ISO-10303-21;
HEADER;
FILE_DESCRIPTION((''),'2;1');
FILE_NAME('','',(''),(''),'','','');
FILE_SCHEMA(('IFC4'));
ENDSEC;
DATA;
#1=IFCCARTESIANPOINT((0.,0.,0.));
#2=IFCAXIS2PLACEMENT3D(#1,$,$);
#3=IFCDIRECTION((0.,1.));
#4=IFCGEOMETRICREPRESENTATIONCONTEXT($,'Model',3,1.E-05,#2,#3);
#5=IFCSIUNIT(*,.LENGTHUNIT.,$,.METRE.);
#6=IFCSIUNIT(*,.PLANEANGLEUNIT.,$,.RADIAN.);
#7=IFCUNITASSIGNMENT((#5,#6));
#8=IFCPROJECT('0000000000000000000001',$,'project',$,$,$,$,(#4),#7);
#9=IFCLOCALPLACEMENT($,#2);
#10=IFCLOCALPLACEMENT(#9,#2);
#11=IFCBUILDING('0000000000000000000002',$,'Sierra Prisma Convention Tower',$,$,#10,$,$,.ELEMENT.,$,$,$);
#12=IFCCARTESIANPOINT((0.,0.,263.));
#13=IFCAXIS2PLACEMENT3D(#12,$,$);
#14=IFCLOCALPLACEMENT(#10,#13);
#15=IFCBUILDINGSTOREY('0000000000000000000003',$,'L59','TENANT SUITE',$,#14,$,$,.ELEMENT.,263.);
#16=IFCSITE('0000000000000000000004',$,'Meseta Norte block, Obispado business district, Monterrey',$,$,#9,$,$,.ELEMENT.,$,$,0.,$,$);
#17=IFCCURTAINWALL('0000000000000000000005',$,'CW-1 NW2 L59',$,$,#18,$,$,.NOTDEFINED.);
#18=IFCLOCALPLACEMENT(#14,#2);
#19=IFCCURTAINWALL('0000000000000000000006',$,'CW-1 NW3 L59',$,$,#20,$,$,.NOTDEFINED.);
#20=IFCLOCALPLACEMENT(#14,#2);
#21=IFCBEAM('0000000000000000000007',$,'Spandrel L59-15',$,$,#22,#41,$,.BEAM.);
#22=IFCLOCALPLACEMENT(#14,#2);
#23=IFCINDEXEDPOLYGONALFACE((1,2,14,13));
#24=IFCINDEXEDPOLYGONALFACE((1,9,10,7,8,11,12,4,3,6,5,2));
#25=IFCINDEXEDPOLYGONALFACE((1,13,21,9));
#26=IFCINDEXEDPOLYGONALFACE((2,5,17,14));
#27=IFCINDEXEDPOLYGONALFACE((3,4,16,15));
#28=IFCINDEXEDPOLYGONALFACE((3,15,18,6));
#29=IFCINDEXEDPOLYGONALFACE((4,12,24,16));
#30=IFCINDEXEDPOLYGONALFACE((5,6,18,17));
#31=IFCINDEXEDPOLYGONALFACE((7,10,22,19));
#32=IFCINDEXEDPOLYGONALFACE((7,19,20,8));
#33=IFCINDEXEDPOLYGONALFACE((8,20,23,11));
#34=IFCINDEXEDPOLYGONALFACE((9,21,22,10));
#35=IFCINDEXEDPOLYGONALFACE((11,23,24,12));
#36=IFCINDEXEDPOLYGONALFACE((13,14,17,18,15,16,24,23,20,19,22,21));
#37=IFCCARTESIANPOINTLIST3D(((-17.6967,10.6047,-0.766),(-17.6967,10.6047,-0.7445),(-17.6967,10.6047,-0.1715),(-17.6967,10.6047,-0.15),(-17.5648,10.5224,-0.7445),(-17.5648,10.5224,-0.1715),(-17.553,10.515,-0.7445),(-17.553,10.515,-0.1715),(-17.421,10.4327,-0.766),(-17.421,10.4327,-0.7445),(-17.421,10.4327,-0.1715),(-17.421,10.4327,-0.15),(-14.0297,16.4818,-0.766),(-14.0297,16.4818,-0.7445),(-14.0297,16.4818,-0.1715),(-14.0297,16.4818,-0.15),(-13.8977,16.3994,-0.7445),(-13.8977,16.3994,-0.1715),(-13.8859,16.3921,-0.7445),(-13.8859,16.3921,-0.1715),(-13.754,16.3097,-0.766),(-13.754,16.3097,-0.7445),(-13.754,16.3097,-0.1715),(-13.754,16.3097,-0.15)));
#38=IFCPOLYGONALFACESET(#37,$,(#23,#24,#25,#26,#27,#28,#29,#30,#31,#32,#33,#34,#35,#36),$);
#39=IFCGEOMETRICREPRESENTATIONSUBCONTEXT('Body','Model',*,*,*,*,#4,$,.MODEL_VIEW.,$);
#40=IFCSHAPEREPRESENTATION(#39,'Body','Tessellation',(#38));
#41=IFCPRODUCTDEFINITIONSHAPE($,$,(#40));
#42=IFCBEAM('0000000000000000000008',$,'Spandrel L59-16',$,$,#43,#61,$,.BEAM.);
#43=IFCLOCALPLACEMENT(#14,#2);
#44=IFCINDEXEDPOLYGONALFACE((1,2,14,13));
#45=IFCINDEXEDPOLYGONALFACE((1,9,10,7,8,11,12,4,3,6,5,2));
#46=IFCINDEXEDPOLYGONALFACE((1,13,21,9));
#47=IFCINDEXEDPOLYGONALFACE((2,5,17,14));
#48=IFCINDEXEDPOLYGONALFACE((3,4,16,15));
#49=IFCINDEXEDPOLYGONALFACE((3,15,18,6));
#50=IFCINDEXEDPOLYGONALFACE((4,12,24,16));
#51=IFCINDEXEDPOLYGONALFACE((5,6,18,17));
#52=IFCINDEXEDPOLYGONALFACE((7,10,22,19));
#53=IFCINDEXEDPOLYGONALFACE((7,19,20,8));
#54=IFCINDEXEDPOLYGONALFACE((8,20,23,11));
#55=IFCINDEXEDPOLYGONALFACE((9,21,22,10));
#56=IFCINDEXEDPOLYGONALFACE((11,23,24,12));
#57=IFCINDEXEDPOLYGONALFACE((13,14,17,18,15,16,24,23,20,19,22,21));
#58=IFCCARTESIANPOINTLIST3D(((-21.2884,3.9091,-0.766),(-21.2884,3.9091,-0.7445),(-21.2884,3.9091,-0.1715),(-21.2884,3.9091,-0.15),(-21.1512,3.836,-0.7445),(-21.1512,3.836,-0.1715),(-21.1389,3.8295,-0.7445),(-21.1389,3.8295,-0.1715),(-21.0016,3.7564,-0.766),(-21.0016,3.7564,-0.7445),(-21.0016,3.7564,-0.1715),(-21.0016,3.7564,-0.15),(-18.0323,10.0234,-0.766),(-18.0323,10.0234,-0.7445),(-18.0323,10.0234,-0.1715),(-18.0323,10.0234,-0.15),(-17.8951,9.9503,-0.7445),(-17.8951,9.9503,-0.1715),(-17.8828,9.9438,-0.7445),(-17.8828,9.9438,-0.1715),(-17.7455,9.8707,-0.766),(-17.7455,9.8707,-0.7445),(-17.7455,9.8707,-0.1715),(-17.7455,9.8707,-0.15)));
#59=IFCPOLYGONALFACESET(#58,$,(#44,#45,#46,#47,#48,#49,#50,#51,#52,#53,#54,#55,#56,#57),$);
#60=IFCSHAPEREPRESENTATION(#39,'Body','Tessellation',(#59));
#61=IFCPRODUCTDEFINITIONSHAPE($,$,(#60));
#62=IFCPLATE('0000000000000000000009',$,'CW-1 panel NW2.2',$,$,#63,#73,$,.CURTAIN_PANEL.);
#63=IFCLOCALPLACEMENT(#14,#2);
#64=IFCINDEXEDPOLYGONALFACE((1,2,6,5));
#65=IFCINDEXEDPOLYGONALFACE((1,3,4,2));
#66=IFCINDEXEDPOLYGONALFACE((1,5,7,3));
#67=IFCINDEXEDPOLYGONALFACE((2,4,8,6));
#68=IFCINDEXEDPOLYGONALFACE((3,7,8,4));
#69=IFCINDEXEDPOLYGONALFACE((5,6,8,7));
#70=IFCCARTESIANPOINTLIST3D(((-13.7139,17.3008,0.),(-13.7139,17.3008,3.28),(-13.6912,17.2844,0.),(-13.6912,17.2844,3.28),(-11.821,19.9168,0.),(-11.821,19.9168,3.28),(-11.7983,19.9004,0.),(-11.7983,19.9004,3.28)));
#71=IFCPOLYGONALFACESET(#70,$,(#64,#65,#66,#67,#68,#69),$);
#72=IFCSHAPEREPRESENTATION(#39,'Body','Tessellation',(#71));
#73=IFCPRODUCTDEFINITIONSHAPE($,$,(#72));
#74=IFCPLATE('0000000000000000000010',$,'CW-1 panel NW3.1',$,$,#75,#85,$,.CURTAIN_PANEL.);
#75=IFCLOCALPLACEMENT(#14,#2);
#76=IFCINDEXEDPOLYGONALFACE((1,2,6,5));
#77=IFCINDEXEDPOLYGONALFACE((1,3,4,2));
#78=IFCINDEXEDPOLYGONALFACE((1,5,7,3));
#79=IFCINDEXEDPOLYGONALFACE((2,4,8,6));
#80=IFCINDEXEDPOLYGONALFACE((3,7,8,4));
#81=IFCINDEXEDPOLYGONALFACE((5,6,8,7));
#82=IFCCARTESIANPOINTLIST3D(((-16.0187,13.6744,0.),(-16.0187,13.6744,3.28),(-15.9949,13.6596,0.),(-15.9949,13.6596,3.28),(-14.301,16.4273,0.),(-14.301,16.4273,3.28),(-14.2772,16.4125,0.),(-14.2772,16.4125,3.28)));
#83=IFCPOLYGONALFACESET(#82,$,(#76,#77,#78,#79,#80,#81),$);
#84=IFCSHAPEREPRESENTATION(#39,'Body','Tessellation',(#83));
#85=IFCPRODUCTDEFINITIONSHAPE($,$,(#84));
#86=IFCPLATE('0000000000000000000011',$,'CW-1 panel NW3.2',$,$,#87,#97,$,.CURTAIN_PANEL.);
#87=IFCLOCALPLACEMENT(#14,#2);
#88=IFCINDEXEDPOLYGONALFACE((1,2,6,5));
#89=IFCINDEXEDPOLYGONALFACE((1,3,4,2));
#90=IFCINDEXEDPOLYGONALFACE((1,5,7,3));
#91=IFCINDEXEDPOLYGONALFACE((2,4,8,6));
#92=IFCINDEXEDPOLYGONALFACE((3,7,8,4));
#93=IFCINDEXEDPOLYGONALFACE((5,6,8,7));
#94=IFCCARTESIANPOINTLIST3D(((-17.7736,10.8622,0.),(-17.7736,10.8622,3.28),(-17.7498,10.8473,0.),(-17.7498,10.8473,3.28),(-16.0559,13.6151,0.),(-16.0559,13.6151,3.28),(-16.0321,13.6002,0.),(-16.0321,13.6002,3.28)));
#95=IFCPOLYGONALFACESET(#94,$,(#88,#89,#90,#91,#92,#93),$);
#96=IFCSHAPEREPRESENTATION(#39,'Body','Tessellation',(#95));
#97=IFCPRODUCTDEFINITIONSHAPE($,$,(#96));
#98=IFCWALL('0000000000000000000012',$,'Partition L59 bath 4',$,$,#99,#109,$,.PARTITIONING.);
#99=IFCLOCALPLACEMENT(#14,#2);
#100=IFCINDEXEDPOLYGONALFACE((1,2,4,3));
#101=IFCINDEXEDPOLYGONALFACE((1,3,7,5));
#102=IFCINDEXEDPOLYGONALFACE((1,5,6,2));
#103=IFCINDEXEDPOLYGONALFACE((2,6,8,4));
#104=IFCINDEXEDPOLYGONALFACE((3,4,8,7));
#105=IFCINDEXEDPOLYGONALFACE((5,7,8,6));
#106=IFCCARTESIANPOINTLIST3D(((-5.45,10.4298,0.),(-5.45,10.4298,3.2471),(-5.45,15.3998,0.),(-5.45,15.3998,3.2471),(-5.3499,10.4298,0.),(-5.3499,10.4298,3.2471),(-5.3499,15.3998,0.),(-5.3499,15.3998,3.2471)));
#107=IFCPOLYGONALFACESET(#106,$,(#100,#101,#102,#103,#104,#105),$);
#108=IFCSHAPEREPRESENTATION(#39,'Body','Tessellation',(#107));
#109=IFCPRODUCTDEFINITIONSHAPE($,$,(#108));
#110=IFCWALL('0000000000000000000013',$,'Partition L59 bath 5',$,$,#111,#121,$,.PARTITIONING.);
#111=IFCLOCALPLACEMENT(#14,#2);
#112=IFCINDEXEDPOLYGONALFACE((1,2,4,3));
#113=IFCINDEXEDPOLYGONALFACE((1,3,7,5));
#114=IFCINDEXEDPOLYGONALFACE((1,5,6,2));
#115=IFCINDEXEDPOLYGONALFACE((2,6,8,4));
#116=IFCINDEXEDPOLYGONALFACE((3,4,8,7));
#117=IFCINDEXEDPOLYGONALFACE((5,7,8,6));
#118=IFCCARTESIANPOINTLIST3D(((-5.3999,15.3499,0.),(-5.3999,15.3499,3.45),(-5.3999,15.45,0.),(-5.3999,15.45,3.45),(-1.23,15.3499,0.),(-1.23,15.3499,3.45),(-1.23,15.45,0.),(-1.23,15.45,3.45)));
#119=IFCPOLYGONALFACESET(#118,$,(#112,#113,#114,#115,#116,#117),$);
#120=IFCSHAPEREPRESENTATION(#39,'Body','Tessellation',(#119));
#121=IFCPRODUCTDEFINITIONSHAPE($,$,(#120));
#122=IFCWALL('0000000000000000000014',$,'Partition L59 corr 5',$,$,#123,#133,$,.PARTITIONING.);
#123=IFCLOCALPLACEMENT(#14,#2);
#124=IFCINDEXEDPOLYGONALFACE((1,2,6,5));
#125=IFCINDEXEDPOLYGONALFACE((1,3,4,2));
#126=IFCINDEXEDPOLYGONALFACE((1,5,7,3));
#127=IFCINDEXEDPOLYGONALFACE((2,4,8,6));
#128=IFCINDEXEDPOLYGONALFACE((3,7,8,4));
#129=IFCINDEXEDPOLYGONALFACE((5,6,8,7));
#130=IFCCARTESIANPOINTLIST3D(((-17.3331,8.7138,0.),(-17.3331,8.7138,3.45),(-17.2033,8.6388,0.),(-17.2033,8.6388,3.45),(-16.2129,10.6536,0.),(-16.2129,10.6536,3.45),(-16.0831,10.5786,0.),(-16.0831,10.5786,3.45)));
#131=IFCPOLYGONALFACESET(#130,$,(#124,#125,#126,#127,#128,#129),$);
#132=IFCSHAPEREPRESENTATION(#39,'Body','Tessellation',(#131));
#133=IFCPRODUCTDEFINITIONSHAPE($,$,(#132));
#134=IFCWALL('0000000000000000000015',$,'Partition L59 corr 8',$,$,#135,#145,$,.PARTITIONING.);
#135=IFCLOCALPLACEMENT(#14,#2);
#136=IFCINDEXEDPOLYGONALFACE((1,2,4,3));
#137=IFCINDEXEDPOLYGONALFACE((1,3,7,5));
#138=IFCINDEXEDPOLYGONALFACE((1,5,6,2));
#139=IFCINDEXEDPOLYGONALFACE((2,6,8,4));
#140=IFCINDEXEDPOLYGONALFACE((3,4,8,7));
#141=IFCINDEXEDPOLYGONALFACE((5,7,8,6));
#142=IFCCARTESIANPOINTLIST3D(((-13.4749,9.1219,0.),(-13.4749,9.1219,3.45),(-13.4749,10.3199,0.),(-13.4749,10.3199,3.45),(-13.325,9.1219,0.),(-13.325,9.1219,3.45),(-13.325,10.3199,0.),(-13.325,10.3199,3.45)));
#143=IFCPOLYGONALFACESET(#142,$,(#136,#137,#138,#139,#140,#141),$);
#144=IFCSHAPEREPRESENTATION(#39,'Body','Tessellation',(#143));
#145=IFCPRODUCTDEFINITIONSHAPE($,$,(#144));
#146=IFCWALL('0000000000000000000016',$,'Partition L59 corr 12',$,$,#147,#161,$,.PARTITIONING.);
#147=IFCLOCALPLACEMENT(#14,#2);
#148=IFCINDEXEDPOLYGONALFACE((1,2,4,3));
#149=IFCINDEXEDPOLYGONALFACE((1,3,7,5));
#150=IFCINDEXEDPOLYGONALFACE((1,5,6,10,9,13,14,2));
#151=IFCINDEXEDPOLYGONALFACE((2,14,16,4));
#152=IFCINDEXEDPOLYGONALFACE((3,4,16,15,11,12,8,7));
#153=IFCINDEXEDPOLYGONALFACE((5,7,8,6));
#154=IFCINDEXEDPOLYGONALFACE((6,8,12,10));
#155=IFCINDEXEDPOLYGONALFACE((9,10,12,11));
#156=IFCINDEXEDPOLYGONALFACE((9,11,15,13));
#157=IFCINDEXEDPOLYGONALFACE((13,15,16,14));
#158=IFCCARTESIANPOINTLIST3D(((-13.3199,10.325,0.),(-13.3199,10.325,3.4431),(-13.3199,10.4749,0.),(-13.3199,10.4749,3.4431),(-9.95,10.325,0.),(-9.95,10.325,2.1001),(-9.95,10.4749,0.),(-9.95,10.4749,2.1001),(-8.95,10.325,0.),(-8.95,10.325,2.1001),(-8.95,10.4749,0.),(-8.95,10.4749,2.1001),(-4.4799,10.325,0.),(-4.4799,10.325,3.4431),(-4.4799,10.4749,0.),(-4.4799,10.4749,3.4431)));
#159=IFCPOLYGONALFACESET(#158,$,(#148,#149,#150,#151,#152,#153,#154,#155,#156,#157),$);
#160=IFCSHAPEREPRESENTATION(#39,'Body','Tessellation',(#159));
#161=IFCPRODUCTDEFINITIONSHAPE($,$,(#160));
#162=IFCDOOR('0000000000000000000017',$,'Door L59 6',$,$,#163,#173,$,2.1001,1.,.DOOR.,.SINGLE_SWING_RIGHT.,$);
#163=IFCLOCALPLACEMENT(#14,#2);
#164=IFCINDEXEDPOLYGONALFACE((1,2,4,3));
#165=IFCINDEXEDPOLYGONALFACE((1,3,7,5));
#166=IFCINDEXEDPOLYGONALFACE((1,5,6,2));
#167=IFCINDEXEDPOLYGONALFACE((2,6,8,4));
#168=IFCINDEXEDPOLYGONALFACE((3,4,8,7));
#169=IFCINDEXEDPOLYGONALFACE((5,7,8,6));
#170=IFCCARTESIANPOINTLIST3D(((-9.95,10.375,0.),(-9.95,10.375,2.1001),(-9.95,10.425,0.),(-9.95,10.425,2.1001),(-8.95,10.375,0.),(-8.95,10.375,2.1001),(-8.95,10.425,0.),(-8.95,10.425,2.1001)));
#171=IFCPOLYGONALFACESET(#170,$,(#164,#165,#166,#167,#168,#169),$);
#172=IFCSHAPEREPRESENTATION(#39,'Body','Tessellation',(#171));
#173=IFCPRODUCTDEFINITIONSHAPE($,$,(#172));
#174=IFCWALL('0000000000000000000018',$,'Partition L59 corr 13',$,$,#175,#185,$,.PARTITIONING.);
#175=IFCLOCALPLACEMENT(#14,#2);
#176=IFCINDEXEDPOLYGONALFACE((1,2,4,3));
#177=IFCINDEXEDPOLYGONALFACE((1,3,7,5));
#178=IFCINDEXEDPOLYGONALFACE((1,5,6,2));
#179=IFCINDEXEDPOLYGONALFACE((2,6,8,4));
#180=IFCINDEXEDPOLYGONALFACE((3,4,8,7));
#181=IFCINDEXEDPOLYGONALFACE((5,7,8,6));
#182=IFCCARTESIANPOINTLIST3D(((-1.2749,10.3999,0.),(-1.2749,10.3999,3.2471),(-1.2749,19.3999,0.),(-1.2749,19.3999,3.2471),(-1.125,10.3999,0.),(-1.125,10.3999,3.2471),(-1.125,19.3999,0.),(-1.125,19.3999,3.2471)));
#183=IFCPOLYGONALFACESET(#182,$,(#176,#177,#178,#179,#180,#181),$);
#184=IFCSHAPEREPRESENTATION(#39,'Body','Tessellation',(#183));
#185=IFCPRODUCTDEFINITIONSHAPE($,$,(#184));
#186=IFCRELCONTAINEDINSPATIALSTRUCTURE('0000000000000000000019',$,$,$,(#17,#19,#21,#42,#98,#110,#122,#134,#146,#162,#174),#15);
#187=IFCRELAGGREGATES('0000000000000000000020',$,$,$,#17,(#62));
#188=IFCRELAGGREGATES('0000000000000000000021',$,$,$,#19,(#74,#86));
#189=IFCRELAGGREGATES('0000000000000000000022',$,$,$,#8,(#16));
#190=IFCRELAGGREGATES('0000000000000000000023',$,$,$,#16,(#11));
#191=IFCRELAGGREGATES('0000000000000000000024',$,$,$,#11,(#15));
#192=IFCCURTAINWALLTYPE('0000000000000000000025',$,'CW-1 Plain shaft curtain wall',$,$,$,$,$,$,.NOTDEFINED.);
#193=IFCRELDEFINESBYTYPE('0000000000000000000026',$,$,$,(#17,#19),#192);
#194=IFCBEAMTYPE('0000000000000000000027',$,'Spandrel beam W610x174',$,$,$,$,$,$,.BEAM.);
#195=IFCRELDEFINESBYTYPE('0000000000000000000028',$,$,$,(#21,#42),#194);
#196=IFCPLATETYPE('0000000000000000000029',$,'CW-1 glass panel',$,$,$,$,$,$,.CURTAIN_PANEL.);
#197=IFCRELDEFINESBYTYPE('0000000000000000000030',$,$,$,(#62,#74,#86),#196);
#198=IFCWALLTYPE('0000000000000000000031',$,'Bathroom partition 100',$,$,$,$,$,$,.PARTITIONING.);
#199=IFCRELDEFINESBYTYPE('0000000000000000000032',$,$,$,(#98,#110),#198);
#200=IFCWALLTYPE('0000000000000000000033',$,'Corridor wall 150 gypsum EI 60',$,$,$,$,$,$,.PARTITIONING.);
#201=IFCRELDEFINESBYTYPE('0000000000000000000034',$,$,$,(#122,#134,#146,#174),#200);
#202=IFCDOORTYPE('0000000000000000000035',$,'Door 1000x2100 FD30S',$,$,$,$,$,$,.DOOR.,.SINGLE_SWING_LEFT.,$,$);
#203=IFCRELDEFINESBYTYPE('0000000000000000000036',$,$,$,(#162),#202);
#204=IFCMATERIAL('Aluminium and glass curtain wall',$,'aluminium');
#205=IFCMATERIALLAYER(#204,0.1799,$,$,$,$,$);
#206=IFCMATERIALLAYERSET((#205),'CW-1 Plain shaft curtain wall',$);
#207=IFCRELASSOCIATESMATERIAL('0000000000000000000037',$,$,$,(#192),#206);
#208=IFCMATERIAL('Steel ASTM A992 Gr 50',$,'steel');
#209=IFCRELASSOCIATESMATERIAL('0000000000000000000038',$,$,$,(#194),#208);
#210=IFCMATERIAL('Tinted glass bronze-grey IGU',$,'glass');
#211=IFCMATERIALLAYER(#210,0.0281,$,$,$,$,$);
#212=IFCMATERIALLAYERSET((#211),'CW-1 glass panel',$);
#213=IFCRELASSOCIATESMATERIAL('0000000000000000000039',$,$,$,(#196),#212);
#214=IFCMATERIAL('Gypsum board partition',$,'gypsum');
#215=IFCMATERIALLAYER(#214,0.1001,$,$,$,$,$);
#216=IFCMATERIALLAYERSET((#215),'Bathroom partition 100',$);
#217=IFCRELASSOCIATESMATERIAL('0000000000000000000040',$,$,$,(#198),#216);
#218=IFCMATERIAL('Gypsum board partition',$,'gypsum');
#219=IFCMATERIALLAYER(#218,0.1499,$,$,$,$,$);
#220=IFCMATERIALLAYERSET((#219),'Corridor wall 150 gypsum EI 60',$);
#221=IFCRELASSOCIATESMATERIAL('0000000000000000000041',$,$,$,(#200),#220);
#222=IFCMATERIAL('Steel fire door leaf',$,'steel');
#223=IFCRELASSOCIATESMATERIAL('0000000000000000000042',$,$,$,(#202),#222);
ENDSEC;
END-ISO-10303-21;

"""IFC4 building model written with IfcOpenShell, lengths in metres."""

from ifc_helpers import new_model, si_unit, direction, frame, frame_2d, origin, origin_2d, place, context, subcontext, project, spatial, rectangle, i_section, extrude, material, layer, layer_set, material_profile, profile_set, type_object, element, fill, aggregate, save


model = new_model("IFC4")

# Units and contexts
model_context = context("Model", 3, precision=1e-05, world=origin(), true_north=direction((0.0, 1.0)))
body_context = subcontext(model_context, "Body", "Model", "MODEL_VIEW")
ifc_project = project(units=[si_unit("LENGTHUNIT", "METRE"), si_unit("PLANEANGLEUNIT", "RADIAN")], contexts=[model_context])

# Site, building, storey
site_placement = place(None, origin())
site = spatial("IfcSite", under=ifc_project, at=site_placement, Name="Meseta Norte block, Obispado business district, Monterrey", CompositionType="ELEMENT", RefElevation=0.0)
building_placement = place(site_placement, origin())
building = spatial("IfcBuilding", under=site, at=building_placement, Name="Sierra Prisma Convention Tower", CompositionType="ELEMENT")
storey_placement = place(building_placement, frame((0.0, 0.0, 263.0)))
storey = spatial("IfcBuildingStorey", under=building, at=storey_placement, Name="L59", Description="TENANT SUITE", CompositionType="ELEMENT", Elevation=263.0)

# Curtain wall
ifc_material_1 = material(Name="Aluminium and glass curtain wall", Category="aluminium")
ifc_layer_1 = layer(ifc_material_1, 0.1799)
ifc_layer_set_1 = layer_set([ifc_layer_1], Name="CW-1 Plain shaft curtain wall")
curtain_wall_type = type_object("IfcCurtainWallType", Name="CW-1 Plain shaft curtain wall", PredefinedType="NOTDEFINED", material=ifc_layer_set_1)
curtain_wall_1_placement = place(storey_placement, origin())
curtain_wall_1 = element("IfcCurtainWall", 1, at=curtain_wall_1_placement, inside=storey, type_object=curtain_wall_type, Name="CW-1 NW2 L59", PredefinedType="NOTDEFINED")

# Curtain wall
curtain_wall_2_placement = place(storey_placement, origin())
curtain_wall_2 = element("IfcCurtainWall", 2, at=curtain_wall_2_placement, inside=storey, type_object=curtain_wall_type, Name="CW-1 NW3 L59", PredefinedType="NOTDEFINED")

# Beams
ifc_material_2 = material(Name="Steel ASTM A992 Gr 50", Category="steel")
ifc_material_profile_1 = material_profile(ifc_material_2, i_section(OverallWidth=0.325, OverallDepth=0.616, WebThickness=0.0139, FlangeThickness=0.0215, at=origin_2d()), Name="W610x174")
ifc_profile_set_1 = profile_set([ifc_material_profile_1], Name="Steel ASTM A992 Gr 50")
beam_type_1 = type_object("IfcBeamType", Name="Spandrel beam W610x174", PredefinedType="BEAM", material=ifc_profile_set_1)
for number, where, z_axis, x_axis, name in (
    (3, (-13.8918, 16.3958, -0.458), (-0.529365, -0.848394, 0.0), (0.848394, -0.529365, 0.0), "Spandrel L59-15"),
    (4, (-17.8889, 9.947, -0.458), (-0.470045, -0.882643, 0.0), (0.882643, -0.470045, 0.0), "Spandrel L59-16"),
):
    element("IfcBeam", number, at=place(storey_placement, frame(where, z_axis=z_axis, x_axis=x_axis)), inside=storey, type_object=beam_type_1, Name=name, PredefinedType="BEAM", context=body_context, shape_type="SweptSolid", body=[
        extrude(i_section(OverallWidth=0.325, OverallDepth=0.616, WebThickness=0.0139, FlangeThickness=0.0215, at=origin_2d()), origin(), (0.0, 0.0, 1.0), 6.9272),
    ])

# Plates
ifc_material_3 = material(Name="Tinted glass bronze-grey IGU", Category="glass")
ifc_layer_2 = layer(ifc_material_3, 0.0281)
ifc_layer_set_2 = layer_set([ifc_layer_2], Name="CW-1 glass panel")
plate_type = type_object("IfcPlateType", Name="CW-1 glass panel", PredefinedType="CURTAIN_PANEL", material=ifc_layer_set_2)
plate_1_placement = place(storey_placement, frame((-12.7561, 18.6006, 0.0), z_axis=(0.0, 0.0, 1.0), x_axis=(-0.586214, -0.810157, 0.0)))
plate_1 = element("IfcPlate", 5, at=plate_1_placement, type_object=plate_type, Name="CW-1 panel NW2.2", PredefinedType="CURTAIN_PANEL", context=body_context, shape_type="SweptSolid", body=[
    extrude(rectangle(XDim=3.229, YDim=0.0281, at=origin_2d()), origin(), (0.0, 0.0, 1.0), 3.28),
])
aggregate(curtain_wall_1, [plate_1])
plate_2_placement = place(storey_placement, frame((-15.1479, 15.0435, 0.0), z_axis=(0.0, 0.0, 1.0), x_axis=(-0.52937, -0.848391, 0.0)))
plate_2 = element("IfcPlate", 6, at=plate_2_placement, type_object=plate_type, Name="CW-1 panel NW3.1", PredefinedType="CURTAIN_PANEL", context=body_context, shape_type="SweptSolid", body=[
    extrude(rectangle(XDim=3.2449, YDim=0.0281, at=origin_2d()), origin(), (0.0, 0.0, 1.0), 3.28),
])
plate_3_placement = place(storey_placement, frame((-16.9028, 12.2312, 0.0), z_axis=(0.0, 0.0, 1.0), x_axis=(-0.52937, -0.848391, 0.0)))
plate_3 = element("IfcPlate", 7, at=plate_3_placement, type_object=plate_type, Name="CW-1 panel NW3.2", PredefinedType="CURTAIN_PANEL", context=body_context, shape_type="SweptSolid", body=[
    extrude(rectangle(XDim=3.2449, YDim=0.0281, at=origin_2d()), origin(), (0.0, 0.0, 1.0), 3.28),
])
aggregate(curtain_wall_2, [plate_2, plate_3])

# Walls
ifc_material_4 = material(Name="Gypsum board partition", Category="gypsum")
ifc_layer_3 = layer(ifc_material_4, 0.1001)
ifc_layer_set_3 = layer_set([ifc_layer_3], Name="Bathroom partition 100")
wall_type_1 = type_object("IfcWallType", Name="Bathroom partition 100", PredefinedType="PARTITIONING", material=ifc_layer_set_3)
wall_1_placement = place(storey_placement, frame((-5.3999, 10.4299, 0.0), z_axis=(0.0, 0.0, 1.0), x_axis=(0.0, 1.0, 0.0)))
element("IfcWall", 8, at=wall_1_placement, inside=storey, type_object=wall_type_1, Name="Partition L59 bath 4", PredefinedType="PARTITIONING", context=body_context, shape_type="SweptSolid", body=[
    extrude(rectangle(XDim=4.97, YDim=0.1001, at=frame_2d((2.4849, 0.0))), origin(), (0.0, 0.0, 1.0), 3.2471),
])
wall_2_placement = place(storey_placement, frame((-5.3999, 15.3999, 0.0), z_axis=(0.0, 0.0, 1.0), x_axis=(1.0, 0.0, 0.0)))
element("IfcWall", 9, at=wall_2_placement, inside=storey, type_object=wall_type_1, Name="Partition L59 bath 5", PredefinedType="PARTITIONING", context=body_context, shape_type="SweptSolid", body=[
    extrude(rectangle(XDim=4.1699, YDim=0.1001, at=frame_2d((2.085, 0.0))), origin(), (0.0, 0.0, 1.0), 3.45),
])
ifc_material_5 = material(Name="Gypsum board partition", Category="gypsum")
ifc_layer_4 = layer(ifc_material_5, 0.1499)
ifc_layer_set_4 = layer_set([ifc_layer_4], Name="Corridor wall 150 gypsum EI 60")
wall_type_2 = type_object("IfcWallType", Name="Corridor wall 150 gypsum EI 60", PredefinedType="PARTITIONING", material=ifc_layer_set_4)
wall_3_placement = place(storey_placement, frame((-16.1479, 10.6162, 0.0), z_axis=(0.0, 0.0, 1.0), x_axis=(-0.500078, -0.86598, 0.0)))
element("IfcWall", 10, at=wall_3_placement, inside=storey, type_object=wall_type_2, Name="Partition L59 corr 5", PredefinedType="PARTITIONING", context=body_context, shape_type="SweptSolid", body=[
    extrude(rectangle(XDim=2.24, YDim=0.1499, at=frame_2d((1.1201, 0.0))), origin(), (0.0, 0.0, 1.0), 3.45),
])
wall_4_placement = place(storey_placement, frame((-13.3999, 10.3201, 0.0), z_axis=(0.0, 0.0, 1.0), x_axis=(0.0, -1.0, 0.0)))
element("IfcWall", 11, at=wall_4_placement, inside=storey, type_object=wall_type_2, Name="Partition L59 corr 8", PredefinedType="PARTITIONING", context=body_context, shape_type="SweptSolid", body=[
    extrude(rectangle(XDim=1.198, YDim=0.1499, at=frame_2d((0.5991, 0.0))), origin(), (0.0, 0.0, 1.0), 3.45),
])

# Wall, opening, door
wall_5_placement = place(storey_placement, frame((-4.48, 10.3999, 0.0), z_axis=(0.0, 0.0, 1.0), x_axis=(-1.0, 0.0, 0.0)))
wall_5 = element("IfcWall", 12, at=wall_5_placement, inside=storey, type_object=wall_type_2, Name="Partition L59 corr 12", PredefinedType="PARTITIONING", context=body_context, shape_type="SweptSolid", body=[
    extrude(rectangle(XDim=8.8401, YDim=0.1499, at=frame_2d((4.4199, 0.0))), origin(), (0.0, 0.0, 1.0), 3.4431),
])
opening_1_placement = place(wall_5_placement, frame((4.47, 0.0, 0.0)))
opening_1 = element("IfcOpeningElement", 13, at=opening_1_placement, cuts=wall_5, PredefinedType="OPENING", context=body_context, shape_type="SweptSolid", body=[
    extrude(rectangle(XDim=1.0, YDim=2.1001, at=frame_2d((0.5, 1.05))), frame((0.0, 0.075, 0.0), z_axis=(0.0, -1.0, 0.0), x_axis=(1.0, 0.0, 0.0)), (0.0, 0.0, 1.0), 0.1499),
])
ifc_material_6 = material(Name="Steel fire door leaf", Category="steel")
door_type_1 = type_object("IfcDoorType", Name="Door 1000x2100 FD30S", OperationType="SINGLE_SWING_LEFT", PredefinedType="DOOR", material=ifc_material_6)
door_1_placement = place(opening_1_placement, origin())
door_1 = element("IfcDoor", 14, at=door_1_placement, inside=storey, type_object=door_type_1, Name="Door L59 6", OperationType="SINGLE_SWING_RIGHT", OverallHeight=2.1001, OverallWidth=1.0, PredefinedType="DOOR", context=body_context, shape_type="SweptSolid", body=[
    extrude(rectangle(XDim=1.0, YDim=2.1001, at=frame_2d((0.5, 1.05))), frame((0.0, 0.0249, 0.0), z_axis=(0.0, -1.0, 0.0), x_axis=(1.0, 0.0, 0.0)), (0.0, 0.0, 1.0), 0.05),
])
fill(opening_1, door_1)

# Wall
wall_6_placement = place(storey_placement, frame((-1.2, 19.3999, 0.0), z_axis=(0.0, 0.0, 1.0), x_axis=(0.0, -1.0, 0.0)))
element("IfcWall", 15, at=wall_6_placement, inside=storey, type_object=wall_type_2, Name="Partition L59 corr 13", PredefinedType="PARTITIONING", context=body_context, shape_type="SweptSolid", body=[
    extrude(rectangle(XDim=9.0, YDim=0.1499, at=frame_2d((4.5, 0.0))), origin(), (0.0, 0.0, 1.0), 3.2471),
])

save(model, "model.ifc")
